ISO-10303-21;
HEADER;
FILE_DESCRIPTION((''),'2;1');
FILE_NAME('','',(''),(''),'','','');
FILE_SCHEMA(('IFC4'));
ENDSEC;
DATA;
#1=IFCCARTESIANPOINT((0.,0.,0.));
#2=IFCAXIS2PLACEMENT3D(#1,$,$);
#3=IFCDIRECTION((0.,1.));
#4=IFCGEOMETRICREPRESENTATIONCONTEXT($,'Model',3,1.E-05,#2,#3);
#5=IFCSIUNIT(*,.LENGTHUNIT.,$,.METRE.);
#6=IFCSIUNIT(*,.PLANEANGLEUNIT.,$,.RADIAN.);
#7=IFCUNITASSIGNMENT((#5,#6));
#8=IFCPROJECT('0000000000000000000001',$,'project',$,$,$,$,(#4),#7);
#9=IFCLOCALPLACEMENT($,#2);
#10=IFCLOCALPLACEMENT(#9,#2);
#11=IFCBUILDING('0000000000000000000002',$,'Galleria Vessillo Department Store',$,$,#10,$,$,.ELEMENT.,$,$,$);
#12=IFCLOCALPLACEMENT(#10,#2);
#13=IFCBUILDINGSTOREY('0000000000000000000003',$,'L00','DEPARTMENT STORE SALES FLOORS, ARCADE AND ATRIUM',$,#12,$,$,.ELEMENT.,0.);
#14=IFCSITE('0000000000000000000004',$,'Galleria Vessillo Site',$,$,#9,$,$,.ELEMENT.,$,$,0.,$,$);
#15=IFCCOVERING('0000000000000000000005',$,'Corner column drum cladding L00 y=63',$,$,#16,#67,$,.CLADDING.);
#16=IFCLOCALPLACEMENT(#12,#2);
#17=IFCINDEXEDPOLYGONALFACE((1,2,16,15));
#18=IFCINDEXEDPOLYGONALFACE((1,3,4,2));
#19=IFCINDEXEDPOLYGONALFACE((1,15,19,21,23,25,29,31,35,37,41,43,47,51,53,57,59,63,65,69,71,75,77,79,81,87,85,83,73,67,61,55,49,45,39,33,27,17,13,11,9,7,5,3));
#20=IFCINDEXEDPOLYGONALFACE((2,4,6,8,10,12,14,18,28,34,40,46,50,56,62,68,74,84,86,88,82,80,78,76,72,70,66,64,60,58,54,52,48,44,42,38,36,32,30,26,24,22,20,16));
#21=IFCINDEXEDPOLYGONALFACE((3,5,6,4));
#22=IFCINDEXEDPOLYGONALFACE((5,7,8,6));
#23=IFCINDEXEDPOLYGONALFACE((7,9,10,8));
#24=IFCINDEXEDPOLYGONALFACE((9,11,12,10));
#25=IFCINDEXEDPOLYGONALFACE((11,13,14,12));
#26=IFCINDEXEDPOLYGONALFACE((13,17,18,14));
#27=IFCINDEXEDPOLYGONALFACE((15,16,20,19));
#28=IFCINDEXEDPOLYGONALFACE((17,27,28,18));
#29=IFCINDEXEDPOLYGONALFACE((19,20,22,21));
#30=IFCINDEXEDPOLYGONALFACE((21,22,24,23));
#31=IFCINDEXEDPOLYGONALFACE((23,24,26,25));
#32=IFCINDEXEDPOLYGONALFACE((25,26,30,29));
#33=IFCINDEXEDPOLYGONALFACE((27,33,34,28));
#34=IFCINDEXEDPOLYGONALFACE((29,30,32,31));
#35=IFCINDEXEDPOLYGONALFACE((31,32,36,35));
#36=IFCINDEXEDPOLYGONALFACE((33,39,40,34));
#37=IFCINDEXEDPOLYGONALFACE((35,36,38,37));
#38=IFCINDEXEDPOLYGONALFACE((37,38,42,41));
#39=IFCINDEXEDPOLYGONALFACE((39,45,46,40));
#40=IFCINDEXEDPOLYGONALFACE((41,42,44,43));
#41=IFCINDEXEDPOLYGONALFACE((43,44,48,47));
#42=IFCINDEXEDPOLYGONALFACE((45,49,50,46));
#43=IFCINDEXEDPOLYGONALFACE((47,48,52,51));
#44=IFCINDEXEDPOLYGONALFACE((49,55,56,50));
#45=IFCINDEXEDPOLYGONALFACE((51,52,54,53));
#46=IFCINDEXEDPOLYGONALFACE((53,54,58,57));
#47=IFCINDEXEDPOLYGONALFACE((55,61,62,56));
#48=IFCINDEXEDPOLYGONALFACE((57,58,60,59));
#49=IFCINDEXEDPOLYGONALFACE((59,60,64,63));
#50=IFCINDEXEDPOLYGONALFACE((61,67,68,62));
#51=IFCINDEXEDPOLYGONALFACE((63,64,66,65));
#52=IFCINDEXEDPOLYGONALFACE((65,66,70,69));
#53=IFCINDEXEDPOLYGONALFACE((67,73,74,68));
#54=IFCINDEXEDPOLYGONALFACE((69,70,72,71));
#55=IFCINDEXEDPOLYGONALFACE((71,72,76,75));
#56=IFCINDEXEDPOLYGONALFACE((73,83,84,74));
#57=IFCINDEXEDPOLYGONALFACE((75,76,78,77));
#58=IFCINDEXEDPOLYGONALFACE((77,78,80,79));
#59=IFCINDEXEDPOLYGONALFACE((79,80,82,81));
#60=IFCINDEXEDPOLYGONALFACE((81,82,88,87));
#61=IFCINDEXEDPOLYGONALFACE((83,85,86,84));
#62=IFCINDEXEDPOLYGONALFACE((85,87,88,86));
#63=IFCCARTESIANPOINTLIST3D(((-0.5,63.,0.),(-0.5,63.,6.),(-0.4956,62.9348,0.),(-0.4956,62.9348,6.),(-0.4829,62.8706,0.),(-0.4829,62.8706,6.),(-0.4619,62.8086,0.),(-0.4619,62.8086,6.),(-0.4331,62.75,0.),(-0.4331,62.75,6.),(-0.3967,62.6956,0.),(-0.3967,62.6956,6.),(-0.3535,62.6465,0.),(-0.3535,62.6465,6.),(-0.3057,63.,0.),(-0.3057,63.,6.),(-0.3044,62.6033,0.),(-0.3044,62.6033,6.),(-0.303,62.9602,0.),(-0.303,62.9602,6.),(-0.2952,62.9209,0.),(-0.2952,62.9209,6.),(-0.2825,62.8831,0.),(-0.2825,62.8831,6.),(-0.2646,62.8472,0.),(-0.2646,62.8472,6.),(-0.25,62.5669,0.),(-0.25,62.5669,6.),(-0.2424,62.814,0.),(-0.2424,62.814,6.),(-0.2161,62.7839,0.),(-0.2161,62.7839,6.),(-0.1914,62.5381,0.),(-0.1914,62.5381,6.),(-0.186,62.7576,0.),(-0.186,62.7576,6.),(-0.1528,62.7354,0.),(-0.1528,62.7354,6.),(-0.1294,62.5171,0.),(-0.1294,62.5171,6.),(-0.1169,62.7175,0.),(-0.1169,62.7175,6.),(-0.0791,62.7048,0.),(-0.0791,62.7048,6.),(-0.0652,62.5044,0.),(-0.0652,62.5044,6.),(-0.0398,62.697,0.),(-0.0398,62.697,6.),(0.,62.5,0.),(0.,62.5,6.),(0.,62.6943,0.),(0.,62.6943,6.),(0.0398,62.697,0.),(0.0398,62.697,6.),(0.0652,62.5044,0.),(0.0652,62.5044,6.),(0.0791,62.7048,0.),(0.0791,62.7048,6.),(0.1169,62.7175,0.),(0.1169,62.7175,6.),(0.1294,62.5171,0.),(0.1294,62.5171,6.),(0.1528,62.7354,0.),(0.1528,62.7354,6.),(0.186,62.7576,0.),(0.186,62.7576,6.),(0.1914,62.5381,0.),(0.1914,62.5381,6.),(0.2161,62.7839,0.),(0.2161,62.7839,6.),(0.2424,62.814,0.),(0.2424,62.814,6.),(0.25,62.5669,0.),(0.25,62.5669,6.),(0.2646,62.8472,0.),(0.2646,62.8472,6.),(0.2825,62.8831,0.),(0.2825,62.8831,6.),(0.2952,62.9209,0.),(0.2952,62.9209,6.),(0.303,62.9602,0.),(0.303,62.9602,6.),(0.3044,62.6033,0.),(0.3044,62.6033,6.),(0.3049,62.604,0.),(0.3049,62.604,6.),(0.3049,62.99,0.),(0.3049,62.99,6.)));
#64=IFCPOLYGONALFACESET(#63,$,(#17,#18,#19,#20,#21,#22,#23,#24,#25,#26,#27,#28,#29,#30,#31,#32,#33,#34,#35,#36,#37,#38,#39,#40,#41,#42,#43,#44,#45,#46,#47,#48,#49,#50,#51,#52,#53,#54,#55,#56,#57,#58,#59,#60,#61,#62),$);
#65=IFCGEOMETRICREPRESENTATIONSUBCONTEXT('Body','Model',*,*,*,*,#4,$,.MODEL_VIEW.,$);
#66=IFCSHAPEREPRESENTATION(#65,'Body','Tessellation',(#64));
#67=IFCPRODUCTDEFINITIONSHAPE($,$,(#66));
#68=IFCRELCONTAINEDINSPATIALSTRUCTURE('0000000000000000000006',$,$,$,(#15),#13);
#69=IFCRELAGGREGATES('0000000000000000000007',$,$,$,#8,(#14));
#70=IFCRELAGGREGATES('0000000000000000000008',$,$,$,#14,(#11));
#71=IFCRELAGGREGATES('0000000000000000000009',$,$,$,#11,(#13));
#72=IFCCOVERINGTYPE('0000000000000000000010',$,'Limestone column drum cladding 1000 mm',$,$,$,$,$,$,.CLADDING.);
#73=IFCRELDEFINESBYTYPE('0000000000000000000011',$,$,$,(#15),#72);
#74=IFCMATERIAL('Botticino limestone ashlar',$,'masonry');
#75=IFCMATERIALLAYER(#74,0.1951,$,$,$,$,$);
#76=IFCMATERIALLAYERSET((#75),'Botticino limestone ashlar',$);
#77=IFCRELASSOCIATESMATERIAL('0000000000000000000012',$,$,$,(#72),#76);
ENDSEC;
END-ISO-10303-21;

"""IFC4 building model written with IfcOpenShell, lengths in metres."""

from ifc_helpers import new_model, si_unit, direction, origin, place, context, subcontext, project, spatial, polyline, outline, extrude, material, layer, layer_set, type_object, element, save


model = new_model("IFC4")

# Units and contexts
model_context = context("Model", 3, precision=1e-05, world=origin(), true_north=direction((0.0, 1.0)))
body_context = subcontext(model_context, "Body", "Model", "MODEL_VIEW")
ifc_project = project(units=[si_unit("LENGTHUNIT", "METRE"), si_unit("PLANEANGLEUNIT", "RADIAN")], contexts=[model_context])

# Site, building, storey
site_placement = place(None, origin())
site = spatial("IfcSite", under=ifc_project, at=site_placement, Name="Galleria Vessillo Site", CompositionType="ELEMENT", RefElevation=0.0)
building_placement = place(site_placement, origin())
building = spatial("IfcBuilding", under=site, at=building_placement, Name="Galleria Vessillo Department Store", CompositionType="ELEMENT")
storey_placement = place(building_placement, origin())
storey = spatial("IfcBuildingStorey", under=building, at=storey_placement, Name="L00", Description="DEPARTMENT STORE SALES FLOORS, ARCADE AND ATRIUM", CompositionType="ELEMENT", Elevation=0.0)

# Covering
ifc_material_1 = material(Name="Botticino limestone ashlar", Category="masonry")
ifc_layer_1 = layer(ifc_material_1, 0.1951)
ifc_layer_set_1 = layer_set([ifc_layer_1], Name="Botticino limestone ashlar")
covering_type = type_object("IfcCoveringType", Name="Limestone column drum cladding 1000 mm", PredefinedType="CLADDING", material=ifc_layer_set_1)
covering_1_placement = place(storey_placement, origin())
element("IfcCovering", 1, at=covering_1_placement, inside=storey, type_object=covering_type, Name="Corner column drum cladding L00 y=63", PredefinedType="CLADDING", context=body_context, shape_type="SweptSolid", body=[
    extrude(outline(polyline([(0.25, 62.5669), (0.1914, 62.5381), (0.1294, 62.5171), (0.0652, 62.5044), (0.0, 62.5), (-0.0652, 62.5044), (-0.1294, 62.5171), (-0.1914, 62.5381), (-0.25, 62.5669), (-0.3044, 62.6033), (-0.3535, 62.6465), (-0.3967, 62.6956), (-0.4331, 62.75), (-0.4619, 62.8086), (-0.4829, 62.8706), (-0.4956, 62.9348), (-0.5, 63.0), (-0.3057, 63.0), (-0.303, 62.9602), (-0.2952, 62.9209), (-0.2825, 62.8831), (-0.2646, 62.8472), (-0.2424, 62.814), (-0.2161, 62.7839), (-0.186, 62.7576), (-0.1528, 62.7354), (-0.1169, 62.7175), (-0.0791, 62.7048), (-0.0398, 62.697), (0.0, 62.6943), (0.0398, 62.697), (0.0791, 62.7048), (0.1169, 62.7175), (0.1528, 62.7354), (0.186, 62.7576), (0.2161, 62.7839), (0.2424, 62.814), (0.2646, 62.8472), (0.2825, 62.8831), (0.2952, 62.9209), (0.303, 62.9602), (0.3049, 62.99), (0.3049, 62.604), (0.3044, 62.6033), (0.25, 62.5669)])), origin(), (0.0, 0.0, 1.0), 6.0),
])

save(model, "model.ifc")
